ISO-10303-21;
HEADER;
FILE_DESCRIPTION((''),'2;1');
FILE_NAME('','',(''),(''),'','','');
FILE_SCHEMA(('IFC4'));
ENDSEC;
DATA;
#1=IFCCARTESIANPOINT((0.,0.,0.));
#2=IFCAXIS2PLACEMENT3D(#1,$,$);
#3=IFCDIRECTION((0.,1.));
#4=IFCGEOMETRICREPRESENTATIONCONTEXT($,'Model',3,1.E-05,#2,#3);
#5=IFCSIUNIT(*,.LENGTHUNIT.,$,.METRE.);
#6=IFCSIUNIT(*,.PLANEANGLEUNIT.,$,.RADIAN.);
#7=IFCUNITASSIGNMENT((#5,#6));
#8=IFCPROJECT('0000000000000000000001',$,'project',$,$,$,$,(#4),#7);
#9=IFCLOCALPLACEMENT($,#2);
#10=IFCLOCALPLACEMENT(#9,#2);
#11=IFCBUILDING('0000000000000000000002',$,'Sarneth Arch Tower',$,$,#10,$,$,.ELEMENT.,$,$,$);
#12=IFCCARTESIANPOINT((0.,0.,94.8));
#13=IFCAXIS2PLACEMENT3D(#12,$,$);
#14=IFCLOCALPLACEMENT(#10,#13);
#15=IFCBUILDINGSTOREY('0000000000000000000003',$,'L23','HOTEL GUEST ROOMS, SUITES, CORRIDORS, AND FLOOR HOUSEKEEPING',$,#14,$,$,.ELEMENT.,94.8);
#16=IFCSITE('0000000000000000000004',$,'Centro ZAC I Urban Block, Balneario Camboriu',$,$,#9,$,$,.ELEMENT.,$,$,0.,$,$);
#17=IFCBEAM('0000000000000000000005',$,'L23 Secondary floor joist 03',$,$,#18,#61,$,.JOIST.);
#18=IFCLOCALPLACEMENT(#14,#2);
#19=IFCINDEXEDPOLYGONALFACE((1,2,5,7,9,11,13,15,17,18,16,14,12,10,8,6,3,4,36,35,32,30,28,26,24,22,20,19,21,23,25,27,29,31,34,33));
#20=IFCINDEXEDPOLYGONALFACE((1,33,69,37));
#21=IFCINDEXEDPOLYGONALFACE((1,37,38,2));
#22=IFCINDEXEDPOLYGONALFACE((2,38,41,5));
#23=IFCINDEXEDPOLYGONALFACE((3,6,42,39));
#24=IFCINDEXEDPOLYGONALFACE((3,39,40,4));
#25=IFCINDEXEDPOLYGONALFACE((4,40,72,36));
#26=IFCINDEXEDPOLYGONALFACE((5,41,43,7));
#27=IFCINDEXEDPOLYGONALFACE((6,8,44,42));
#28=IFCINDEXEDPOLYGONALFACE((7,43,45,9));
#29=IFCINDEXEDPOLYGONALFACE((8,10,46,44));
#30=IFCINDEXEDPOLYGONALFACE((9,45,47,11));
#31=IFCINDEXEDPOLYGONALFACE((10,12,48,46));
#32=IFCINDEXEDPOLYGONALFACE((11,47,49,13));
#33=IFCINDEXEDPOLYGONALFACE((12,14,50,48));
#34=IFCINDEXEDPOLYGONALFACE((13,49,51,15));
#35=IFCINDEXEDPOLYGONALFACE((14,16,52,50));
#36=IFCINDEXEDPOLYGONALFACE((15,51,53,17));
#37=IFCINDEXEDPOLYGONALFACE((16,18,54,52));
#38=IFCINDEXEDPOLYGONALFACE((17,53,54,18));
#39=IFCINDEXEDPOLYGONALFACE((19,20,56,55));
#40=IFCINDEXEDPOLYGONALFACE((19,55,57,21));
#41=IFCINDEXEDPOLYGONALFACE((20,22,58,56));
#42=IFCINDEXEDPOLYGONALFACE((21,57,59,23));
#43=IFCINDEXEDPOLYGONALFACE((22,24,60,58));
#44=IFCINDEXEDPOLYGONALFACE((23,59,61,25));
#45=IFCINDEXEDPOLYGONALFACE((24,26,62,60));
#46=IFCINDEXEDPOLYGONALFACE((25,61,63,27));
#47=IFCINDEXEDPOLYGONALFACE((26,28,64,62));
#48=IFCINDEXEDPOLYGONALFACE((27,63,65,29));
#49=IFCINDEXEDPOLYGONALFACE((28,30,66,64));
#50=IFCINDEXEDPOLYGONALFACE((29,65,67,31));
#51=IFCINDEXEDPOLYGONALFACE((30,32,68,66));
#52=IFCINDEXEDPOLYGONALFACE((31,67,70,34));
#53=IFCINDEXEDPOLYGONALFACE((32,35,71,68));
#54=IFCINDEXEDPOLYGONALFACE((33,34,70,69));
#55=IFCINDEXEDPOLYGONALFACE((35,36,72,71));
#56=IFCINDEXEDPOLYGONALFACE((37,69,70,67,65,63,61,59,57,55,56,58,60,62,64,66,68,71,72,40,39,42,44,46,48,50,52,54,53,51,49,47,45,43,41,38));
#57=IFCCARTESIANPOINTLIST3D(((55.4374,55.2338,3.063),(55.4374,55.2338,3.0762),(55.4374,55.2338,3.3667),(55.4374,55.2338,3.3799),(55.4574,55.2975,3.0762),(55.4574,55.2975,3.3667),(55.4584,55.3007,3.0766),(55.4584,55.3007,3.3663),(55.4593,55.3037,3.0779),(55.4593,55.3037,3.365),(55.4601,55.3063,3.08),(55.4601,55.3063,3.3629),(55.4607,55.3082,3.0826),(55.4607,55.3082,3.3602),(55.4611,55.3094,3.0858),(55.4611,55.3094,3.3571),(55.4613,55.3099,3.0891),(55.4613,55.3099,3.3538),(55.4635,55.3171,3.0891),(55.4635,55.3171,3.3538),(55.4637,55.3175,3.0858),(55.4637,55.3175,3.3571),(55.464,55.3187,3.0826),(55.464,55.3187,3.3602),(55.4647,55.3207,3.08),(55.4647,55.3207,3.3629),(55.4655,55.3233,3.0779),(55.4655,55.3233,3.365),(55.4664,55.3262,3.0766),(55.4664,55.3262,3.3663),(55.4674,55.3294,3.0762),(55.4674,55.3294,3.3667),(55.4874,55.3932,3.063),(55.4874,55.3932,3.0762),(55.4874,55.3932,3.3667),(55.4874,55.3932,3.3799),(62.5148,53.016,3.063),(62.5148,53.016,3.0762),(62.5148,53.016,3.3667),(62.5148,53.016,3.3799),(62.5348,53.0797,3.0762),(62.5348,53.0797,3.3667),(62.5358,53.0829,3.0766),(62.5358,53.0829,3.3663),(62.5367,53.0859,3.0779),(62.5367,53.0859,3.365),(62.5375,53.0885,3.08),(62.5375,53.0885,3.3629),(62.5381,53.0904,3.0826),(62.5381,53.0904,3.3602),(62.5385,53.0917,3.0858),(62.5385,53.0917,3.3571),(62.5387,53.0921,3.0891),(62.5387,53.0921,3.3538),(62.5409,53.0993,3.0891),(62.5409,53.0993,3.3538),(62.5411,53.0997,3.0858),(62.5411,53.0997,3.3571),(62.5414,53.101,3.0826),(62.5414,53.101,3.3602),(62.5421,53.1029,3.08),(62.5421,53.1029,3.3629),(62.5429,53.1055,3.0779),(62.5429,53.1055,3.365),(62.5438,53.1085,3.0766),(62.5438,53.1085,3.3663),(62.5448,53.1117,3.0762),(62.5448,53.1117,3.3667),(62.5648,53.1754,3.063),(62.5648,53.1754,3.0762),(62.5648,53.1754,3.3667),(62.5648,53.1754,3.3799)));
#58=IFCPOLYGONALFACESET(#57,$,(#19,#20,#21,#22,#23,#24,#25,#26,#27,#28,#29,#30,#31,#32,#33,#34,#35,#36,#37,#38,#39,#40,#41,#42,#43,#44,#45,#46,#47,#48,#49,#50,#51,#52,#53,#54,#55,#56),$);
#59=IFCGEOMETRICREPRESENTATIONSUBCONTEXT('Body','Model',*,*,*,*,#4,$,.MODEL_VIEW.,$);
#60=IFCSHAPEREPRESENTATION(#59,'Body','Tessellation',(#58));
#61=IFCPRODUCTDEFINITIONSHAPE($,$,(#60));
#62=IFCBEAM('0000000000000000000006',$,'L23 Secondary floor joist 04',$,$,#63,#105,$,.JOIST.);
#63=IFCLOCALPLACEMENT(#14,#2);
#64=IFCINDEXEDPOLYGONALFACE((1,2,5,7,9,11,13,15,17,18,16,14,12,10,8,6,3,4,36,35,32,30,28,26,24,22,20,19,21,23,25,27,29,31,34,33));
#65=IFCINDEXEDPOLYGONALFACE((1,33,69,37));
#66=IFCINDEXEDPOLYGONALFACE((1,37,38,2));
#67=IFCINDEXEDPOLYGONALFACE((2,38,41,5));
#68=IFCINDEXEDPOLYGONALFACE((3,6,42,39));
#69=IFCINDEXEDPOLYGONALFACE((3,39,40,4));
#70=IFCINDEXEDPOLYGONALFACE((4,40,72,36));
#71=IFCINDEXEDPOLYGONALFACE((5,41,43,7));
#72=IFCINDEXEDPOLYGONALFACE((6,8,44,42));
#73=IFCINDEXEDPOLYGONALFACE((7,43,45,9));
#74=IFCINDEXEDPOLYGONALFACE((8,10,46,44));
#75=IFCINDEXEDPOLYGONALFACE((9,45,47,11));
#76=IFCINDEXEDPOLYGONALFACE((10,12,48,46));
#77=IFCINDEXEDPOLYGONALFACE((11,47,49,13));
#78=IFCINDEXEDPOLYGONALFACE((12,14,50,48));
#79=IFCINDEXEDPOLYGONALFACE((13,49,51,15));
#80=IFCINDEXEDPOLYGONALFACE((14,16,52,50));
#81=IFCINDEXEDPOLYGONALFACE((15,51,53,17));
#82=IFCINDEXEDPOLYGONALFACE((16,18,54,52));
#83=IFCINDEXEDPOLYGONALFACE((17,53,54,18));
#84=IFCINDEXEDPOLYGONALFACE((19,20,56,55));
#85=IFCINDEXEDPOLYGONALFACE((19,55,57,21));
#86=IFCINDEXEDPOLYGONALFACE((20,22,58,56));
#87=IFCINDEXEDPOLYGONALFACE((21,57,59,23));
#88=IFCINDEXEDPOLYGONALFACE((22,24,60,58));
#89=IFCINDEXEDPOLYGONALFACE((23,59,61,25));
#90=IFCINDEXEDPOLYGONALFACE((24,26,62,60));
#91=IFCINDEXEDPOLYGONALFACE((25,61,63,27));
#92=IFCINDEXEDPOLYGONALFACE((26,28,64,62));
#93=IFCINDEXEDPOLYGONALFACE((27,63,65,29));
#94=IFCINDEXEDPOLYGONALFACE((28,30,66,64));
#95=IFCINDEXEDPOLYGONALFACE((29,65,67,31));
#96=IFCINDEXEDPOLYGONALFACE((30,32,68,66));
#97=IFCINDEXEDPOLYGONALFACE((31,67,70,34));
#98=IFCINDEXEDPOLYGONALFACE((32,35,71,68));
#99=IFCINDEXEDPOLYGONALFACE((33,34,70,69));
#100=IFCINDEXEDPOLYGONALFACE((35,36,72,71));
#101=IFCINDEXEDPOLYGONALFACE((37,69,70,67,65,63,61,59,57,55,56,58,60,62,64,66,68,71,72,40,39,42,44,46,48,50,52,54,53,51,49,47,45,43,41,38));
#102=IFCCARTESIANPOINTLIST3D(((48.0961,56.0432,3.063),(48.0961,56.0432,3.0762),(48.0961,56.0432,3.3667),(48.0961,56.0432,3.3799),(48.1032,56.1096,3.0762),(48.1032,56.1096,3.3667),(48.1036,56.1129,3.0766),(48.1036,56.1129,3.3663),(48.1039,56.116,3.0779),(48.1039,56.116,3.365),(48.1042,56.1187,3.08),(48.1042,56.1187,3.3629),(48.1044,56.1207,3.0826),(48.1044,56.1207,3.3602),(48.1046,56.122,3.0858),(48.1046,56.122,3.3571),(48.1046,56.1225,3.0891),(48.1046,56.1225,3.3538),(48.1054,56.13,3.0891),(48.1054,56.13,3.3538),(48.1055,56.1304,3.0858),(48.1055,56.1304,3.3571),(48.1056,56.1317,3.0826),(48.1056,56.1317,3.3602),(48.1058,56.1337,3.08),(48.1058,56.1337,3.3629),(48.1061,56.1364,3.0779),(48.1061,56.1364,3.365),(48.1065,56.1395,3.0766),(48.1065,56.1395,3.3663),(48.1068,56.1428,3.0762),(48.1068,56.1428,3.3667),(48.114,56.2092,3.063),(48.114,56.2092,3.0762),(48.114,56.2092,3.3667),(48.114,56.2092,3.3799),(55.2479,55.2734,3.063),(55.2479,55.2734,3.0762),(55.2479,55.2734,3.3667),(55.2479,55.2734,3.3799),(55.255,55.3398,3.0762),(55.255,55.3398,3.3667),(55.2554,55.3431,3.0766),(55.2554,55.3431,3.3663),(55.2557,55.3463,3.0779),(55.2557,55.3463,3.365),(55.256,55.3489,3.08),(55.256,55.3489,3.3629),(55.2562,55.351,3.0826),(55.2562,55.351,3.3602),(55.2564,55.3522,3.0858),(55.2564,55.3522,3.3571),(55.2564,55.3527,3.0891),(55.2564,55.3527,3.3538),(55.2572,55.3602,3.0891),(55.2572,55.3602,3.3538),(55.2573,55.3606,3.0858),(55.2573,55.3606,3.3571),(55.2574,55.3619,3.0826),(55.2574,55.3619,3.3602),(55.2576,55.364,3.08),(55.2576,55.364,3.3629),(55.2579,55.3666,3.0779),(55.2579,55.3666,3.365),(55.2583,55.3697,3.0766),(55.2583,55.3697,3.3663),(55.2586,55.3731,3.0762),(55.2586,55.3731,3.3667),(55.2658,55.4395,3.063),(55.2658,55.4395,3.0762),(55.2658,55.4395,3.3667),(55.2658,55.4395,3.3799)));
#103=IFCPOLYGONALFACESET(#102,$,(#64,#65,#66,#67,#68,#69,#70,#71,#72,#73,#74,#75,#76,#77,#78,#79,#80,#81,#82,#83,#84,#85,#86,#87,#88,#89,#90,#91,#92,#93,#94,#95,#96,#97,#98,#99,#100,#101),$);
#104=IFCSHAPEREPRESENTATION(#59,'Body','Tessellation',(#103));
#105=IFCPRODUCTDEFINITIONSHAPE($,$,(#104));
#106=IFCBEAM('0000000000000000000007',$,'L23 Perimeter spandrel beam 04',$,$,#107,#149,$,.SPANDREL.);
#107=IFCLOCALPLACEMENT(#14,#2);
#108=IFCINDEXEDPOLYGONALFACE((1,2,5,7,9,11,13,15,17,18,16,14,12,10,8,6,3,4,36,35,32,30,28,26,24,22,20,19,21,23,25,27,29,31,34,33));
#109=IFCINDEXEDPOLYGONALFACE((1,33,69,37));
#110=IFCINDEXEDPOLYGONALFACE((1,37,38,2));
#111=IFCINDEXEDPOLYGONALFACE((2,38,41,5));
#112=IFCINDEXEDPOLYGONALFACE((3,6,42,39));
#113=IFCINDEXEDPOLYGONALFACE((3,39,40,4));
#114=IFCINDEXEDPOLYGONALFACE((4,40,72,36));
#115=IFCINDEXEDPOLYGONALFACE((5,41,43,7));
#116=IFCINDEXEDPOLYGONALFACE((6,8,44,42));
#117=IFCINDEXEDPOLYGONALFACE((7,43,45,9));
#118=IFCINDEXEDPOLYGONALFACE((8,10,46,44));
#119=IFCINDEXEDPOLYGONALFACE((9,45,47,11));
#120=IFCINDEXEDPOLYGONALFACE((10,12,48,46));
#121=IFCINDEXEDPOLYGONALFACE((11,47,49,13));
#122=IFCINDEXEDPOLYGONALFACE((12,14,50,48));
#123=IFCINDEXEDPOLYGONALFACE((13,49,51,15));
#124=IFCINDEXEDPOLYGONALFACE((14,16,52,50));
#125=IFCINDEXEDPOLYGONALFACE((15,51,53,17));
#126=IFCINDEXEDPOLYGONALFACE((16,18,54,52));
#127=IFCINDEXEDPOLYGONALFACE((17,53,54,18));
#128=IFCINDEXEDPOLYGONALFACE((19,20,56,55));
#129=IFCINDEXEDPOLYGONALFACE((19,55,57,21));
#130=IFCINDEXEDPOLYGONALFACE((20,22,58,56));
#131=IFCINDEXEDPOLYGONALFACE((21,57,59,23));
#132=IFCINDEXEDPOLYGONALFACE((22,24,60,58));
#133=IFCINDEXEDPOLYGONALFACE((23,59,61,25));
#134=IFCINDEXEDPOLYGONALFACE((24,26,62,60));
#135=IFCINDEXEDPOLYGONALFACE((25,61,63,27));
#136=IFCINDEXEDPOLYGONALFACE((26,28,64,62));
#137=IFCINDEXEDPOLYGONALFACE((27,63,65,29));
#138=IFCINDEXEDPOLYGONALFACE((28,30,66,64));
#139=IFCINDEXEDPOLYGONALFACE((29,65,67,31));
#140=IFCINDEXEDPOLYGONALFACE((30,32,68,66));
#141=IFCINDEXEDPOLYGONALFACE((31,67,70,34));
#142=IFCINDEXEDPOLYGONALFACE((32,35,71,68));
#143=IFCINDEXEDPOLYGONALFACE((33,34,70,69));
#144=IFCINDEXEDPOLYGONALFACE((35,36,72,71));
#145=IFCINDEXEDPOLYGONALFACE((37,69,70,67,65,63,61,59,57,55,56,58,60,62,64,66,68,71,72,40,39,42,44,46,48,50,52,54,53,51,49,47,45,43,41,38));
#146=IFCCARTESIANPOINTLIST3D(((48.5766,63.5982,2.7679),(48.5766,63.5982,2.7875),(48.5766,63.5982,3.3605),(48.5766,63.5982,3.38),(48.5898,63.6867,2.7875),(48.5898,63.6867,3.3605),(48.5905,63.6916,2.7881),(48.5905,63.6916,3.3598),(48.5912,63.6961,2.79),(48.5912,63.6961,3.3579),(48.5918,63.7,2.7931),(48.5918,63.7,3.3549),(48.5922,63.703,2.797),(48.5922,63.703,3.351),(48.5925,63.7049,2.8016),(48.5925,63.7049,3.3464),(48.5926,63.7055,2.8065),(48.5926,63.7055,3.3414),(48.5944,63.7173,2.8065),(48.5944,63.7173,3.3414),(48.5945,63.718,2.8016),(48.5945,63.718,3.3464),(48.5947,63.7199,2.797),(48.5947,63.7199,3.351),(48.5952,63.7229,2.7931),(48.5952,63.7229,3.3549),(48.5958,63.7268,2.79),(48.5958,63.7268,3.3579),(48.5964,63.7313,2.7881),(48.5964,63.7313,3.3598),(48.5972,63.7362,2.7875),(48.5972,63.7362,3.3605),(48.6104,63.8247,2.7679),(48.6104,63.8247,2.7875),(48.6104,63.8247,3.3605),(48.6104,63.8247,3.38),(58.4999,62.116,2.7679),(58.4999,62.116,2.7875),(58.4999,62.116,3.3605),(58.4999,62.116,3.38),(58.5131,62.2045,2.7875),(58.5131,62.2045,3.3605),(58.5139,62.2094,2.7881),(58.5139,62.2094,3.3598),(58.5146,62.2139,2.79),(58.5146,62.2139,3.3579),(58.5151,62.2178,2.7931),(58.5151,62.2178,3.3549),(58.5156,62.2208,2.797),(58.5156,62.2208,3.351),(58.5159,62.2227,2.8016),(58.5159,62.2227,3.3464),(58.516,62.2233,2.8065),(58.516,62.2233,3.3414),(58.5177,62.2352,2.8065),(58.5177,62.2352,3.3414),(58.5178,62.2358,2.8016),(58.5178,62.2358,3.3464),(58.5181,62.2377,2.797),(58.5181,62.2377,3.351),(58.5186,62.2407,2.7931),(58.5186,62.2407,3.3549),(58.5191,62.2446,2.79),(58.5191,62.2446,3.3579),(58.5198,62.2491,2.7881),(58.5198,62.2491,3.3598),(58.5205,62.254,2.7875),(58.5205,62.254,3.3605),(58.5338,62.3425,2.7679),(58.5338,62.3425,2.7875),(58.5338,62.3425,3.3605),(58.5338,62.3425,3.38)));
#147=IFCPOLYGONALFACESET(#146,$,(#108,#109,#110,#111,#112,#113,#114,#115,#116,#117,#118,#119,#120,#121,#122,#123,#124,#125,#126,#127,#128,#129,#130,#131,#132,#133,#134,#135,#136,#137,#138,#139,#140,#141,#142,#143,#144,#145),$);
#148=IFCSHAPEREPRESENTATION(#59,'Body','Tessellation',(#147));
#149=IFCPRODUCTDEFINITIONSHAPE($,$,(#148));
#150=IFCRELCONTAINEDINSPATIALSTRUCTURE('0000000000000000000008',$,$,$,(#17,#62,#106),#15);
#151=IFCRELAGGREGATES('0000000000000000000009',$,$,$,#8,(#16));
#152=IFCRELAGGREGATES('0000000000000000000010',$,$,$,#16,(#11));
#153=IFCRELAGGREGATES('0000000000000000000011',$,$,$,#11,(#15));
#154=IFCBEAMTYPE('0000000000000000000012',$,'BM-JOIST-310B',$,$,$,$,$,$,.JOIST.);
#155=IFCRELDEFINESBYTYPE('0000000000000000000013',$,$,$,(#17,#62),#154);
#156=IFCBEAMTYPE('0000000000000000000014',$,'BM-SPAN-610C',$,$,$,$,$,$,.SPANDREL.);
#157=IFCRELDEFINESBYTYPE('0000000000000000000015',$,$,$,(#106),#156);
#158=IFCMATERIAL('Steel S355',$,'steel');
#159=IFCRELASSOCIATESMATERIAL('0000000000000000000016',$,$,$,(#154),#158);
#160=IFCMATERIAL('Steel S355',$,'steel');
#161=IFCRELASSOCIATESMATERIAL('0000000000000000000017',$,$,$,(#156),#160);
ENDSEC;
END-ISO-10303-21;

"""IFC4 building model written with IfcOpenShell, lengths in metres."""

from ifc_helpers import new_model, si_unit, direction, frame, origin, origin_2d, place, context, subcontext, project, spatial, i_section, extrude, material, material_profile, profile_set, type_object, element, save


model = new_model("IFC4")

# Units and contexts
model_context = context("Model", 3, precision=1e-05, world=origin(), true_north=direction((0.0, 1.0)))
body_context = subcontext(model_context, "Body", "Model", "MODEL_VIEW")
ifc_project = project(units=[si_unit("LENGTHUNIT", "METRE"), si_unit("PLANEANGLEUNIT", "RADIAN")], contexts=[model_context])

# Site, building, storey
site_placement = place(None, origin())
site = spatial("IfcSite", under=ifc_project, at=site_placement, Name="Centro ZAC I Urban Block, Balneario Camboriu", CompositionType="ELEMENT", RefElevation=0.0)
building_placement = place(site_placement, origin())
building = spatial("IfcBuilding", under=site, at=building_placement, Name="Sarneth Arch Tower", CompositionType="ELEMENT")
storey_placement = place(building_placement, frame((0.0, 0.0, 94.8)))
storey = spatial("IfcBuildingStorey", under=building, at=storey_placement, Name="L23", Description="HOTEL GUEST ROOMS, SUITES, CORRIDORS, AND FLOOR HOUSEKEEPING", CompositionType="ELEMENT", Elevation=94.8)

# Beams
ifc_material_1 = material(Name="Steel S355", Category="steel")
ifc_material_profile_1 = material_profile(ifc_material_1, i_section(OverallWidth=0.167, OverallDepth=0.3169, WebThickness=0.0076, FlangeThickness=0.0132, FilletRadius=0.0129, at=origin_2d()), Name="W310x52")
ifc_profile_set_1 = profile_set([ifc_material_profile_1], Name="Steel S355")
beam_type_1 = type_object("IfcBeamType", Name="BM-JOIST-310B", PredefinedType="JOIST", material=ifc_profile_set_1)
beam_1_placement = place(storey_placement, frame((62.5398, 53.0957, 3.2214), z_axis=(-0.954246, 0.299023, 0.0), x_axis=(-0.299023, -0.954246, 0.0)))
element("IfcBeam", 1, at=beam_1_placement, inside=storey, type_object=beam_type_1, Name="L23 Secondary floor joist 03", PredefinedType="JOIST", context=body_context, shape_type="SweptSolid", body=[
    extrude(i_section(OverallWidth=0.167, OverallDepth=0.3169, WebThickness=0.0076, FlangeThickness=0.0132, FilletRadius=0.0129, at=origin_2d()), origin(), (0.0, 0.0, 1.0), 7.4167),
])
beam_2_placement = place(storey_placement, frame((55.2568, 55.3564, 3.2214), z_axis=(-0.994257, 0.107015, 0.0), x_axis=(-0.107015, -0.994257, 0.0)))
element("IfcBeam", 2, at=beam_2_placement, inside=storey, type_object=beam_type_1, Name="L23 Secondary floor joist 04", PredefinedType="JOIST", context=body_context, shape_type="SweptSolid", body=[
    extrude(i_section(OverallWidth=0.167, OverallDepth=0.3169, WebThickness=0.0076, FlangeThickness=0.0132, FilletRadius=0.0129, at=origin_2d()), origin(), (0.0, 0.0, 1.0), 7.1931),
])
ifc_material_2 = material(Name="Steel S355", Category="steel")
ifc_material_profile_2 = material_profile(ifc_material_2, i_section(OverallWidth=0.229, OverallDepth=0.6121, WebThickness=0.012, FlangeThickness=0.0195, FilletRadius=0.019, at=origin_2d()), Name="W610x125")
ifc_profile_set_2 = profile_set([ifc_material_profile_2], Name="Steel S355")
beam_type_2 = type_object("IfcBeamType", Name="BM-SPAN-610C", PredefinedType="SPANDREL", material=ifc_profile_set_2)
beam_3_placement = place(storey_placement, frame((58.5168, 62.2292, 3.074), z_axis=(-0.989029, 0.147724, 0.0), x_axis=(-0.147724, -0.989029, 0.0)))
element("IfcBeam", 3, at=beam_3_placement, inside=storey, type_object=beam_type_2, Name="L23 Perimeter spandrel beam 04", PredefinedType="SPANDREL", context=body_context, shape_type="SweptSolid", body=[
    extrude(i_section(OverallWidth=0.229, OverallDepth=0.6121, WebThickness=0.012, FlangeThickness=0.0195, FilletRadius=0.019, at=origin_2d()), origin(), (0.0, 0.0, 1.0), 10.0334),
])

save(model, "model.ifc")
